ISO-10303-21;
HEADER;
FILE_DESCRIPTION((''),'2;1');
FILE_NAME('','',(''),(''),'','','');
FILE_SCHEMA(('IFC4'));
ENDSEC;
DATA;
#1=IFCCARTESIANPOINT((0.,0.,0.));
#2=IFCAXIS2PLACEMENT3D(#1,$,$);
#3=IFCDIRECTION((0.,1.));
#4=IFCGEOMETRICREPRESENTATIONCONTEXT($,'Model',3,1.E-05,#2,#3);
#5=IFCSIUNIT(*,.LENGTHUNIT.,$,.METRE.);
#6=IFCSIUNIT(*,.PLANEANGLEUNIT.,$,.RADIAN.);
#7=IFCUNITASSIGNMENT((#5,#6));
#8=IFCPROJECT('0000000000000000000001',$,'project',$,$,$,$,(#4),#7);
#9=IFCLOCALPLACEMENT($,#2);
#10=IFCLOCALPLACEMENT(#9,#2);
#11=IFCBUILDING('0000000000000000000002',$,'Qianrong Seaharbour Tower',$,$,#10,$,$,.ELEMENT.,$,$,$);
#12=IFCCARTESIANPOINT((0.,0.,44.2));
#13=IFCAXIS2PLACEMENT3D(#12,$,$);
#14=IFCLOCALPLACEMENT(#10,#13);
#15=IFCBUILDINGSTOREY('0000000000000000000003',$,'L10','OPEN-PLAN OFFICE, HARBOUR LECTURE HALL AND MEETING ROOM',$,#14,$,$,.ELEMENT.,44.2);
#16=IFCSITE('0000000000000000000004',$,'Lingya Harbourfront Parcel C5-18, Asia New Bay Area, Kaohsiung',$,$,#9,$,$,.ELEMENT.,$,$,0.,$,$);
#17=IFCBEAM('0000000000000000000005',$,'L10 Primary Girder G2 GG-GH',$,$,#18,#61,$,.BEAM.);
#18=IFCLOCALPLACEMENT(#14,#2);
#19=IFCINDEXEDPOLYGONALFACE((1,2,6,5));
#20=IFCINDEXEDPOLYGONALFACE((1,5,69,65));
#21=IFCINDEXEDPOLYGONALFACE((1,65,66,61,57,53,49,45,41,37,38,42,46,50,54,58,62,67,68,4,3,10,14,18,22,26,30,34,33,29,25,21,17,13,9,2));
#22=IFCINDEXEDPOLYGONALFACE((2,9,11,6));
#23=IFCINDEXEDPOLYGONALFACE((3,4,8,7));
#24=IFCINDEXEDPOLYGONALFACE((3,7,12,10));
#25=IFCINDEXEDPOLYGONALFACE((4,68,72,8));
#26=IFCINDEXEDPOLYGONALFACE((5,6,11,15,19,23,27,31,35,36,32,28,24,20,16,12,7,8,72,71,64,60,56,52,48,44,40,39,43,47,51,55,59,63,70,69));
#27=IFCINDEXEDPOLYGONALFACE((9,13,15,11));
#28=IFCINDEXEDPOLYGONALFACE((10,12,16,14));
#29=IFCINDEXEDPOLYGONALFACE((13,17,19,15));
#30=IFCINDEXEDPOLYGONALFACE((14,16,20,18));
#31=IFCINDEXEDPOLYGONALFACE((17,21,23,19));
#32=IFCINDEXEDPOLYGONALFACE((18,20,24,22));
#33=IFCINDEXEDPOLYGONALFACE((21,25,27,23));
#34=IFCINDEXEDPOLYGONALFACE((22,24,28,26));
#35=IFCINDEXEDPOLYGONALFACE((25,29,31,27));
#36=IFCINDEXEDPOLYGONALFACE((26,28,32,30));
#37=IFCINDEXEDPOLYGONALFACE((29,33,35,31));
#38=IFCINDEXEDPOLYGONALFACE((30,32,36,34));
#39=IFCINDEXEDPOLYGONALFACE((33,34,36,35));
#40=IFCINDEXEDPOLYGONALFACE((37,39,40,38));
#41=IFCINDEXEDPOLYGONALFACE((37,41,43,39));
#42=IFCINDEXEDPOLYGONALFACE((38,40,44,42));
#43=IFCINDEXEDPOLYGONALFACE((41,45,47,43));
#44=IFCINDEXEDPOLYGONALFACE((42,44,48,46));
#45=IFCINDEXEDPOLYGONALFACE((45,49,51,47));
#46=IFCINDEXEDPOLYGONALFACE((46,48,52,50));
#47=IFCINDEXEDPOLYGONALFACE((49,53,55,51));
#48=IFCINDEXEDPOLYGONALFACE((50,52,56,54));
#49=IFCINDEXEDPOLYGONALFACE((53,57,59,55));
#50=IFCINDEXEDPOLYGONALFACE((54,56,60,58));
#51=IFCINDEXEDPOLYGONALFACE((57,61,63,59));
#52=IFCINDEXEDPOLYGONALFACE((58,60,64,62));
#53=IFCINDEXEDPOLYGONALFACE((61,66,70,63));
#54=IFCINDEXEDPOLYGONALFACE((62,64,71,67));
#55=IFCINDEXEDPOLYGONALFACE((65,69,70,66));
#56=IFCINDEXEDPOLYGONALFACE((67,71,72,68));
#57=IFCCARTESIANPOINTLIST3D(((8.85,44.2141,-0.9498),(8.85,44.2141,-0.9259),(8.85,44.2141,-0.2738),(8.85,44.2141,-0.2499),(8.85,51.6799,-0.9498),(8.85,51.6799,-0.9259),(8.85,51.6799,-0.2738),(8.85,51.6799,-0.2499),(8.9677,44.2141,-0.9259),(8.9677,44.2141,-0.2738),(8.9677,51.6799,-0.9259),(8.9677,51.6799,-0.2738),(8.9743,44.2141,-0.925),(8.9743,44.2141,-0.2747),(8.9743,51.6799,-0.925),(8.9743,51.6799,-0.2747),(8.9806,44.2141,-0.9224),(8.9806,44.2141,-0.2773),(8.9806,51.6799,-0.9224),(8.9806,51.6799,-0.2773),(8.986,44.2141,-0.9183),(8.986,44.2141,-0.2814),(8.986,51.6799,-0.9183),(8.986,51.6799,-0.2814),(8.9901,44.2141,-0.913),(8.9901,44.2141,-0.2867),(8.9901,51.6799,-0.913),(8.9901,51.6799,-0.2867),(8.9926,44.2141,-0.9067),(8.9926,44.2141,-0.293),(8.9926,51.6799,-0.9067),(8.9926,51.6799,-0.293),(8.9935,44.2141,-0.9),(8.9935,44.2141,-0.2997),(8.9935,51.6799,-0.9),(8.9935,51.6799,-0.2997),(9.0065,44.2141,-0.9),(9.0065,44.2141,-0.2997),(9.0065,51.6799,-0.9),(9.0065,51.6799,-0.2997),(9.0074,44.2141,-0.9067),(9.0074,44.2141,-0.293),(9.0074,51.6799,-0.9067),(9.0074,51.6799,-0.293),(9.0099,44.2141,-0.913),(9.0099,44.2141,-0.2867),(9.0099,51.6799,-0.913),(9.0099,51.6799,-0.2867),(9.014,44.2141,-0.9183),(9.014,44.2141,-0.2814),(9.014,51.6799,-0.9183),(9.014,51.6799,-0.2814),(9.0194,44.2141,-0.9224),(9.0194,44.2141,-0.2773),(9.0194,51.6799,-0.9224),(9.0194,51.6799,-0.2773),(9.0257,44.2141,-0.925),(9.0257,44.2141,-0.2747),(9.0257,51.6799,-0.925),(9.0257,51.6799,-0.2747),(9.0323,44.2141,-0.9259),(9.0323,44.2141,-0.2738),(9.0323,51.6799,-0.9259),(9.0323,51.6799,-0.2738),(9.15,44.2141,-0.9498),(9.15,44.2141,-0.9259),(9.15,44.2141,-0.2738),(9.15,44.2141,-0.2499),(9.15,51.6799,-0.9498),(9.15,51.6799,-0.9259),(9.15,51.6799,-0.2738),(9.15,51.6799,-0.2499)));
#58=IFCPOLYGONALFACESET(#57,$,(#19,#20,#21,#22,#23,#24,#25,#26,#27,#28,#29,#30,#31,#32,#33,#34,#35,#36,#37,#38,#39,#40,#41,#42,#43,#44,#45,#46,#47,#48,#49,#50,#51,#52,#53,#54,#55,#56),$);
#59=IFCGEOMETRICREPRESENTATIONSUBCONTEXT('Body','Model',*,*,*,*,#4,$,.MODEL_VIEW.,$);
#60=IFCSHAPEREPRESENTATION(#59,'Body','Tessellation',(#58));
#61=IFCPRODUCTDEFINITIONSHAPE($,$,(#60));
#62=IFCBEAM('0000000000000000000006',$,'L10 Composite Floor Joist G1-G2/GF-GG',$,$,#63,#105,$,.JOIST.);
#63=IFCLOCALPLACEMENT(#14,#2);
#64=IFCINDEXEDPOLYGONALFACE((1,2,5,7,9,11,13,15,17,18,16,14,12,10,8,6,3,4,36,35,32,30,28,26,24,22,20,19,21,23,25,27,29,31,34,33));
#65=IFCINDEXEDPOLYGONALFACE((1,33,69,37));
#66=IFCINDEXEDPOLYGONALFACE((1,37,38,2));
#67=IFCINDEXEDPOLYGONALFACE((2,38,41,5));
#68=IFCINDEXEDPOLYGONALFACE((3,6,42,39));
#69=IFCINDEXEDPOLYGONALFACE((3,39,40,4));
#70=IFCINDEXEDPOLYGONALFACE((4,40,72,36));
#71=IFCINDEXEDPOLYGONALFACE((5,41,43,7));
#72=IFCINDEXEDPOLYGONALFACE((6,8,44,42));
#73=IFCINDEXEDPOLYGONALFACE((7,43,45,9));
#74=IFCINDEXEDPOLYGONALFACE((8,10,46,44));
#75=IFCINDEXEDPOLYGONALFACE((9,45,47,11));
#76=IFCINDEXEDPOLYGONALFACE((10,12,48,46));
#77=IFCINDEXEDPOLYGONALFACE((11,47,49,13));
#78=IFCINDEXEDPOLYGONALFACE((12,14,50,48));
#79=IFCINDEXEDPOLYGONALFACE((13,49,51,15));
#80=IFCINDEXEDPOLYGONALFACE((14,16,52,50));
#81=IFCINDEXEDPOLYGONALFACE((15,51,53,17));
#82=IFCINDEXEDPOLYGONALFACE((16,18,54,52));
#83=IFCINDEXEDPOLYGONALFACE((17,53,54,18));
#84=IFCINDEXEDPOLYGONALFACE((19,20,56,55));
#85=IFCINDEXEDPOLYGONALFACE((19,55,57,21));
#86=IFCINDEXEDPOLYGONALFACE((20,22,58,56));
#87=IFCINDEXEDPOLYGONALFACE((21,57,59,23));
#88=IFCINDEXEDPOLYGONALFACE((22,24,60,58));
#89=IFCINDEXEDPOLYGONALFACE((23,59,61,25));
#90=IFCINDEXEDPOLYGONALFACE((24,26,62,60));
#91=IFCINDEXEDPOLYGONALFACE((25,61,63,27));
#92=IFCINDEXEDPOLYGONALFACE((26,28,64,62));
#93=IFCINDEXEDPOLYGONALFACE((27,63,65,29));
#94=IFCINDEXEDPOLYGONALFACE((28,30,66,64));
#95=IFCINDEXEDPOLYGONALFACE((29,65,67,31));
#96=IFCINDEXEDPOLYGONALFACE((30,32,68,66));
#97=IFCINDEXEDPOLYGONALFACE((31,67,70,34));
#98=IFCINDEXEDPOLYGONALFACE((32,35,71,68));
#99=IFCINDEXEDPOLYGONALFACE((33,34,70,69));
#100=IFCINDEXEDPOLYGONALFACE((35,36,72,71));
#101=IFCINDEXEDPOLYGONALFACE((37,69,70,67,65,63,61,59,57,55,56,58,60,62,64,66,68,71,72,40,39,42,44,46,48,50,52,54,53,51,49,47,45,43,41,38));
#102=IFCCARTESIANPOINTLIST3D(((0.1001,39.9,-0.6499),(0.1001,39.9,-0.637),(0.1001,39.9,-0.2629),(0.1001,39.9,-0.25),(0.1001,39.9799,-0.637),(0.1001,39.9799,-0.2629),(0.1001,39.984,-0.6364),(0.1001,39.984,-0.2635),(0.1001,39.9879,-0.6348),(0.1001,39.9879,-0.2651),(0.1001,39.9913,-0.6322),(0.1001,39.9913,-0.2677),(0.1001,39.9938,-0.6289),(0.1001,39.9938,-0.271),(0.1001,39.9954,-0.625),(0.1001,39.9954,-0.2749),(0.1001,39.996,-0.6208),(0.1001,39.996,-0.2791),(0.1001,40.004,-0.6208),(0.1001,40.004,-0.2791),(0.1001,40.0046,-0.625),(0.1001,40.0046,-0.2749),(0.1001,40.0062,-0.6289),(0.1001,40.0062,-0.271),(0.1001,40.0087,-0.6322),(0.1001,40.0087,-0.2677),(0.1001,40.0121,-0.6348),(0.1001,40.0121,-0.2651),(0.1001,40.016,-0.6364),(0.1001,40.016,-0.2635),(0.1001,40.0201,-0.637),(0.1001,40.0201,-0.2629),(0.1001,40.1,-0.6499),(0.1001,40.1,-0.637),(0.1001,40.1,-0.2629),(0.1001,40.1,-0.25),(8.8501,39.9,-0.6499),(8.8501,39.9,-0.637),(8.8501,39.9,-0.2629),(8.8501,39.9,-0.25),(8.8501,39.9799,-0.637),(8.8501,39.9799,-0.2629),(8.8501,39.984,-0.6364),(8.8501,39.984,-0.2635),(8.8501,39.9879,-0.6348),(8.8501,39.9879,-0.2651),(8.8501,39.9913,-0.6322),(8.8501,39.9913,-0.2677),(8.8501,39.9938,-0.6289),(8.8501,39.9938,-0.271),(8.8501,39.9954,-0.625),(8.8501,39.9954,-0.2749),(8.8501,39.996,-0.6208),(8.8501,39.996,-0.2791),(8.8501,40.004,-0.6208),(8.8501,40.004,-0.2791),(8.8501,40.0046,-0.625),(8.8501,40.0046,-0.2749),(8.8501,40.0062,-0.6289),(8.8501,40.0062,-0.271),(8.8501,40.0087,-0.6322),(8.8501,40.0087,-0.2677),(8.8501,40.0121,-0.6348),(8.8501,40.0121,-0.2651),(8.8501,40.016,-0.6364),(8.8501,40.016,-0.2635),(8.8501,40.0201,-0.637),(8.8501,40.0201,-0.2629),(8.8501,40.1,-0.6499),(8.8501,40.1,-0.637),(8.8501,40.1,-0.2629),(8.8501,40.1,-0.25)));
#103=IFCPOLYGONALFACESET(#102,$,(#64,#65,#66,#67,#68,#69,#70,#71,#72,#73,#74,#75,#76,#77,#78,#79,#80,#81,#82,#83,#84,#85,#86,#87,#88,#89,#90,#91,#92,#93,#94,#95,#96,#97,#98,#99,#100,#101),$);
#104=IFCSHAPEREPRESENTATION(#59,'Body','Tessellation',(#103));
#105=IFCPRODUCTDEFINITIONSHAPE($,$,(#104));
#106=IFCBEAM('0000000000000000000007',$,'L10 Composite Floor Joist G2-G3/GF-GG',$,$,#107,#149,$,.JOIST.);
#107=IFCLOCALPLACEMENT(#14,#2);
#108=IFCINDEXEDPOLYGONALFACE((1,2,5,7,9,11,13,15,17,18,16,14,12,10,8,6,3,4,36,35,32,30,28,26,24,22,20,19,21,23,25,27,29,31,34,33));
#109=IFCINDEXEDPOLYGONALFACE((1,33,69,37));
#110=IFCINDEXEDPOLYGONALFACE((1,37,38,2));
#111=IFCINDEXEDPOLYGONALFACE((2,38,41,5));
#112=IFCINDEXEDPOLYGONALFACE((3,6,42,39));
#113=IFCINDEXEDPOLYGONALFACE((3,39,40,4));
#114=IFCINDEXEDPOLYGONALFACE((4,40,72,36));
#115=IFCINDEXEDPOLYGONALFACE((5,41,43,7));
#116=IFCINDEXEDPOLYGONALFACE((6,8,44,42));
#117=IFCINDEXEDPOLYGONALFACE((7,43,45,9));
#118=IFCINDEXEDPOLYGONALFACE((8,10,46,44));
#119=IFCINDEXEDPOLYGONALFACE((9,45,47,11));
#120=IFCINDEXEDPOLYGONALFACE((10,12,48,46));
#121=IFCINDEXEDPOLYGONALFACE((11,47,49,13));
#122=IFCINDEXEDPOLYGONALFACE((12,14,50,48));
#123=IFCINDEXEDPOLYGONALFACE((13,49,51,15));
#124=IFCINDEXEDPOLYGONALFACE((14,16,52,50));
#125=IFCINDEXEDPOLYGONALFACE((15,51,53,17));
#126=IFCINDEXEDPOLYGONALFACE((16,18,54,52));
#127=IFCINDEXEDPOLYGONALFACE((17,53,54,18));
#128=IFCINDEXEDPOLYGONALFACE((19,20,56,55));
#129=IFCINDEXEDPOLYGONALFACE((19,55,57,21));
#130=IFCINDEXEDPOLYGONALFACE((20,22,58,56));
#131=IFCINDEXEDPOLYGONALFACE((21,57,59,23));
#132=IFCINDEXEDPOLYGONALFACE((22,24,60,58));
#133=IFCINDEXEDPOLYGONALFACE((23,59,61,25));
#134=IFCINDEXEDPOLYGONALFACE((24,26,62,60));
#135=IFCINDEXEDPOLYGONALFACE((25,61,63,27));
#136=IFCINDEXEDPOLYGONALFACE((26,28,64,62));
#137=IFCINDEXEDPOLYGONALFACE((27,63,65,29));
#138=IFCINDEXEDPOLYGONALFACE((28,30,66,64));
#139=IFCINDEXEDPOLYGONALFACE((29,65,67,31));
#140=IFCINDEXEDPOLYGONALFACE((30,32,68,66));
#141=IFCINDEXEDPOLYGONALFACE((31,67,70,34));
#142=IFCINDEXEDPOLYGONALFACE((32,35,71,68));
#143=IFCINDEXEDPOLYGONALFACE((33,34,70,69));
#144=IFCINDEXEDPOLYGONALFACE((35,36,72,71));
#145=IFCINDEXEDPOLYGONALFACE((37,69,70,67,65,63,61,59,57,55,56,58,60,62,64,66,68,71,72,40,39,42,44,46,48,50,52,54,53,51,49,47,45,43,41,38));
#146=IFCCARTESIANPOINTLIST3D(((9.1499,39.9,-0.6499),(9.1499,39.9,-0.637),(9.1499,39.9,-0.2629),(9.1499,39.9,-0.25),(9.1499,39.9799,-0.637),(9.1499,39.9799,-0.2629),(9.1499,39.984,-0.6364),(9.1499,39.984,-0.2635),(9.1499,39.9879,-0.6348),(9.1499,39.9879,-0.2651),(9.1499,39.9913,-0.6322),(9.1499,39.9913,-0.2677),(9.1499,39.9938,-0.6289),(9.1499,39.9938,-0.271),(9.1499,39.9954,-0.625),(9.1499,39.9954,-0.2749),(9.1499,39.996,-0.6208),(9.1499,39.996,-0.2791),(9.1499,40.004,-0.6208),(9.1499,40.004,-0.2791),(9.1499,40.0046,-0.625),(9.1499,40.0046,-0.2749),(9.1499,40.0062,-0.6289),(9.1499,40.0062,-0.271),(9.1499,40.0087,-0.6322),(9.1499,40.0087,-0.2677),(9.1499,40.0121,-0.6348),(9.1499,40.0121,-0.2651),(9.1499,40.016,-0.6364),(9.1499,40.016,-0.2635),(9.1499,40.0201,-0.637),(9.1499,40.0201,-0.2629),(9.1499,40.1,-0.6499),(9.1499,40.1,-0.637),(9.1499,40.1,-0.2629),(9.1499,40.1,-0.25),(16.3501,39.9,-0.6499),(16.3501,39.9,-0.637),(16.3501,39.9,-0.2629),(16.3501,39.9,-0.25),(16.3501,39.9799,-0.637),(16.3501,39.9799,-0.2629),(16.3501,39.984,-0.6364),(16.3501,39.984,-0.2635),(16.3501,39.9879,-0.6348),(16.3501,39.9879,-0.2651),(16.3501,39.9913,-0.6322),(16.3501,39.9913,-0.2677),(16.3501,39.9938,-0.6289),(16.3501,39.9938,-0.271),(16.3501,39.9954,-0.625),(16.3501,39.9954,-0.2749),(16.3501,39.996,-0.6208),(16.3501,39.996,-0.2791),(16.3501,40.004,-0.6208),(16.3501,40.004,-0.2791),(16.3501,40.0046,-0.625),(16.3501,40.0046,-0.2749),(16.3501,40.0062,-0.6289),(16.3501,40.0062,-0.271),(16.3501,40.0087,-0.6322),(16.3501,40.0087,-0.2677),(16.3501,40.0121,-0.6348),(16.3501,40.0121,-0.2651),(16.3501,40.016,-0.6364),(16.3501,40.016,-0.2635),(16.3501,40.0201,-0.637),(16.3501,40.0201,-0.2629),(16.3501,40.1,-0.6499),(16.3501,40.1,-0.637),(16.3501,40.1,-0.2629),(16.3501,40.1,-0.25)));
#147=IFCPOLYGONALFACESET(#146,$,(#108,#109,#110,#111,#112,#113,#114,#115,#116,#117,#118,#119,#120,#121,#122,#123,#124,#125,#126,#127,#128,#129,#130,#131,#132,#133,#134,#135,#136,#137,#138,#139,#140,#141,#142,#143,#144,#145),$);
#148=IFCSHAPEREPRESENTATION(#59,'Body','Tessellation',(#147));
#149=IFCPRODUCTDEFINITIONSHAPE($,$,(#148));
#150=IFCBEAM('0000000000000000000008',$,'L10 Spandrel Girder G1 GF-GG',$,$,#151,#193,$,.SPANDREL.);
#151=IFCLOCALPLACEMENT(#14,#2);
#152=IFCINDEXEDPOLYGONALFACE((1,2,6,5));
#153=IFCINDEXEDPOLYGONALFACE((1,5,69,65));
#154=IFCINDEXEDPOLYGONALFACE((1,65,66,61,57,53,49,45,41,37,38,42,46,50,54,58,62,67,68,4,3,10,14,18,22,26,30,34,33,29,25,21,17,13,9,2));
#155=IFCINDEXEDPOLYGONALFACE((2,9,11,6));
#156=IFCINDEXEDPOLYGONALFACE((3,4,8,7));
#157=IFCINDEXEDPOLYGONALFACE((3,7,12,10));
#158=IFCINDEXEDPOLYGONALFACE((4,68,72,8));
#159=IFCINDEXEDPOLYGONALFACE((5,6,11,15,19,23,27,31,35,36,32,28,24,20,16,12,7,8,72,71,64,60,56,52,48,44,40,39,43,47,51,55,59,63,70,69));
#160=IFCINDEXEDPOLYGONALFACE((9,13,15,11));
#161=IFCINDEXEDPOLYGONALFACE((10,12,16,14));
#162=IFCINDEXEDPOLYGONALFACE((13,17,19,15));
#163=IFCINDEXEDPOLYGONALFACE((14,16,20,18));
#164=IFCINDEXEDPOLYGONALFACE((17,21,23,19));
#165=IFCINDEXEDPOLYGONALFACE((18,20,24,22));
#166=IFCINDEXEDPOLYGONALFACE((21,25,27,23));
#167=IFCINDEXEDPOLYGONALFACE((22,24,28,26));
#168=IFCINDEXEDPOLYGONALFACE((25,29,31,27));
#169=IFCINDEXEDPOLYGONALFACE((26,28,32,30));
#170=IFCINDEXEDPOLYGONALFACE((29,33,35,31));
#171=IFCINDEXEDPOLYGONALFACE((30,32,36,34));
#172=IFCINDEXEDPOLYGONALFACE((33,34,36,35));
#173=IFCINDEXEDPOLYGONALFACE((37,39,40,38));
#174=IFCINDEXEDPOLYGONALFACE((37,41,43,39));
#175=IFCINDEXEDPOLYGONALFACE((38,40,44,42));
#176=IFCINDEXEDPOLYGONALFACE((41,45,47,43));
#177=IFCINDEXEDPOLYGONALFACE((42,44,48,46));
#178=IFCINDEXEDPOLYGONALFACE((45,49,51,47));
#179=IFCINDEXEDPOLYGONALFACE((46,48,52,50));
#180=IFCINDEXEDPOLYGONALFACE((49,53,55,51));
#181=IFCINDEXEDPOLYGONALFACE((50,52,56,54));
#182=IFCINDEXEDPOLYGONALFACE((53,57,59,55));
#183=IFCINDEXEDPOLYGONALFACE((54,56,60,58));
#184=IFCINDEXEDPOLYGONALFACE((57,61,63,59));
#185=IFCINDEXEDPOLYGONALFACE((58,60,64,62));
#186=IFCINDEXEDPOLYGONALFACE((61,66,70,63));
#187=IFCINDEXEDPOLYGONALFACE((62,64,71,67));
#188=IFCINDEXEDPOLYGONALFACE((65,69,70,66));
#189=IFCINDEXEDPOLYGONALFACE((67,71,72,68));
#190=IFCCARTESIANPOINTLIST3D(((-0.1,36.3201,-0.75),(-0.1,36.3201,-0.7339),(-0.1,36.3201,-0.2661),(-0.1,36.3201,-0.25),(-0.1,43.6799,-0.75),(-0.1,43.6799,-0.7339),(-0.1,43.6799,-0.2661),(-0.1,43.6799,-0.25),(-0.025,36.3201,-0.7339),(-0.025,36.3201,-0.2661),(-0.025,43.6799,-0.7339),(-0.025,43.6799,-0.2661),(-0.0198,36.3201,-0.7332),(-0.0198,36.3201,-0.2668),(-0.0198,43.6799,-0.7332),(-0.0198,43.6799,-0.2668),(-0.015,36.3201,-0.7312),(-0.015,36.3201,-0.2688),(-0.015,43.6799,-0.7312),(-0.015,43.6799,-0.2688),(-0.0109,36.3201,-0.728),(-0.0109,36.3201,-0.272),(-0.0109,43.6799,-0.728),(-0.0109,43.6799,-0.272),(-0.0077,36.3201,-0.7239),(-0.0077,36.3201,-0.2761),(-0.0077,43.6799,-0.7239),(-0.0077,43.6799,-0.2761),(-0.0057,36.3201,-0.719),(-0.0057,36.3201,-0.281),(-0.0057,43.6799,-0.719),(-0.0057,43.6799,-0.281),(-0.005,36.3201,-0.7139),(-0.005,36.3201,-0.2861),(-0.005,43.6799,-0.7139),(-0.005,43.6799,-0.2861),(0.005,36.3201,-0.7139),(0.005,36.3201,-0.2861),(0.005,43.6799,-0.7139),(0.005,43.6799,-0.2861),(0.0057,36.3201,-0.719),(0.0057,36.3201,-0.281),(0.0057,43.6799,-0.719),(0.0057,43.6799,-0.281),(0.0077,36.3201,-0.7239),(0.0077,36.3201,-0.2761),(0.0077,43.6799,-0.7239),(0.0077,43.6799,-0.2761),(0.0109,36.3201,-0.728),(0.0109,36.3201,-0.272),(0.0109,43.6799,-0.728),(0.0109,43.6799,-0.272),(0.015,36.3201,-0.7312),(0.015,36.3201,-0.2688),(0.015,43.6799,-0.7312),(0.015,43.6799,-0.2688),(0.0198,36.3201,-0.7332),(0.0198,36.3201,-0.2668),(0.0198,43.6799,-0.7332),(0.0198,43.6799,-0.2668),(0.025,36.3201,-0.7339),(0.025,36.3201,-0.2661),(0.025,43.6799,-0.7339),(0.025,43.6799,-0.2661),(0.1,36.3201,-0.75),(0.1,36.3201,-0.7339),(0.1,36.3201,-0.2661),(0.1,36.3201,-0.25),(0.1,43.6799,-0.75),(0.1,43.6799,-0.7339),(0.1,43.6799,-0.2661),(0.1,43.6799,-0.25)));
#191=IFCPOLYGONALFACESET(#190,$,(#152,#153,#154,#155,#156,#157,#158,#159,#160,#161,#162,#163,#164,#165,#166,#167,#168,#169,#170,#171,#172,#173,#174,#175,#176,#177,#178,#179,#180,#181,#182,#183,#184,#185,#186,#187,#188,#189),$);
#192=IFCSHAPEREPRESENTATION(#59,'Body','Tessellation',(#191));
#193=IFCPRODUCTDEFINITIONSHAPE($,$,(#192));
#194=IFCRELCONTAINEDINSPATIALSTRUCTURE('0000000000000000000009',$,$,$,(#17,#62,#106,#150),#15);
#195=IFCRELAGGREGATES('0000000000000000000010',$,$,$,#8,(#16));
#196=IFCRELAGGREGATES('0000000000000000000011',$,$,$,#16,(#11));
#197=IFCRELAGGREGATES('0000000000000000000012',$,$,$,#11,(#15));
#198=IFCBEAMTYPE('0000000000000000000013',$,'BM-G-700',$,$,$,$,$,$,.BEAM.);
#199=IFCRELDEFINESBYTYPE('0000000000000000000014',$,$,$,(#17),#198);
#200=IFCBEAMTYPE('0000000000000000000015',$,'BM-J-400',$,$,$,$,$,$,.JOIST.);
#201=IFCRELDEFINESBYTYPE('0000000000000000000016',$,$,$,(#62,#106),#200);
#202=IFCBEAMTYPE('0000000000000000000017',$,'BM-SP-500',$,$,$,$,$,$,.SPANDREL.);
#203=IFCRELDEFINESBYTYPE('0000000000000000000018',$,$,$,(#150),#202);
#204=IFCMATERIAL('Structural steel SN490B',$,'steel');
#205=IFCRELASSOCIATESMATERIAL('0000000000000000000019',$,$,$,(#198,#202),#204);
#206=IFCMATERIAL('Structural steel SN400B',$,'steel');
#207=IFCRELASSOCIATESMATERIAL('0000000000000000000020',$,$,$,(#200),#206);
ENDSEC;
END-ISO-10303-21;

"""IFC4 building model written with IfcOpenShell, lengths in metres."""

from ifc_helpers import new_model, si_unit, direction, frame, origin, origin_2d, place, context, subcontext, project, spatial, i_section, extrude, material, material_profile, profile_set, type_object, element, save


model = new_model("IFC4")

# Units and contexts
model_context = context("Model", 3, precision=1e-05, world=origin(), true_north=direction((0.0, 1.0)))
body_context = subcontext(model_context, "Body", "Model", "MODEL_VIEW")
ifc_project = project(units=[si_unit("LENGTHUNIT", "METRE"), si_unit("PLANEANGLEUNIT", "RADIAN")], contexts=[model_context])

# Site, building, storey
site_placement = place(None, origin())
site = spatial("IfcSite", under=ifc_project, at=site_placement, Name="Lingya Harbourfront Parcel C5-18, Asia New Bay Area, Kaohsiung", CompositionType="ELEMENT", RefElevation=0.0)
building_placement = place(site_placement, origin())
building = spatial("IfcBuilding", under=site, at=building_placement, Name="Qianrong Seaharbour Tower", CompositionType="ELEMENT")
storey_placement = place(building_placement, frame((0.0, 0.0, 44.2)))
storey = spatial("IfcBuildingStorey", under=building, at=storey_placement, Name="L10", Description="OPEN-PLAN OFFICE, HARBOUR LECTURE HALL AND MEETING ROOM", CompositionType="ELEMENT", Elevation=44.2)

# Shared definitions
ifc_material_1 = material(Name="Structural steel SN490B", Category="steel")

# Beams
ifc_material_profile_1 = material_profile(ifc_material_1, i_section(OverallWidth=0.3, OverallDepth=0.7, WebThickness=0.0129, FlangeThickness=0.0239, FilletRadius=0.0259, at=origin_2d()), Name="H700x300x13x24")
ifc_profile_set_1 = profile_set([ifc_material_profile_1], Name="Structural steel SN490B")
beam_type_1 = type_object("IfcBeamType", Name="BM-G-700", PredefinedType="BEAM", material=ifc_profile_set_1)
for number, where, z_axis, x_axis, name in (
    (1, (9.0, 44.2141, -0.5999), (0.0, 1.0, 0.0), (-1.0, 0.0, 0.0), "L10 Primary Girder G2 GG-GH"),
):
    element("IfcBeam", number, at=place(storey_placement, frame(where, z_axis=z_axis, x_axis=x_axis)), inside=storey, type_object=beam_type_1, Name=name, PredefinedType="BEAM", context=body_context, shape_type="SweptSolid", body=[
        extrude(i_section(OverallWidth=0.3, OverallDepth=0.7, WebThickness=0.0129, FlangeThickness=0.0239, FilletRadius=0.0259, at=origin_2d()), origin(), (0.0, 0.0, 1.0), 7.4658),
    ])
ifc_material_2 = material(Name="Structural steel SN400B", Category="steel")
ifc_material_profile_2 = material_profile(ifc_material_2, i_section(OverallWidth=0.2, OverallDepth=0.3999, WebThickness=0.0081, FlangeThickness=0.0129, FilletRadius=0.0161, at=origin_2d()), Name="H400x200x8x13")
ifc_profile_set_2 = profile_set([ifc_material_profile_2], Name="Structural steel SN400B")
beam_type_2 = type_object("IfcBeamType", Name="BM-J-400", PredefinedType="JOIST", material=ifc_profile_set_2)
beam_1_placement = place(storey_placement, frame((0.1001, 40.0, -0.45), z_axis=(1.0, 0.0, 0.0), x_axis=(0.0, 1.0, 0.0)))
element("IfcBeam", 2, at=beam_1_placement, inside=storey, type_object=beam_type_2, Name="L10 Composite Floor Joist G1-G2/GF-GG", PredefinedType="JOIST", context=body_context, shape_type="SweptSolid", body=[
    extrude(i_section(OverallWidth=0.2, OverallDepth=0.3999, WebThickness=0.0081, FlangeThickness=0.0129, FilletRadius=0.0161, at=origin_2d()), origin(), (0.0, 0.0, 1.0), 8.75),
])
beam_2_placement = place(storey_placement, frame((9.1499, 40.0, -0.45), z_axis=(1.0, 0.0, 0.0), x_axis=(0.0, 1.0, 0.0)))
element("IfcBeam", 3, at=beam_2_placement, inside=storey, type_object=beam_type_2, Name="L10 Composite Floor Joist G2-G3/GF-GG", PredefinedType="JOIST", context=body_context, shape_type="SweptSolid", body=[
    extrude(i_section(OverallWidth=0.2, OverallDepth=0.3999, WebThickness=0.0081, FlangeThickness=0.0129, FilletRadius=0.0161, at=origin_2d()), origin(), (0.0, 0.0, 1.0), 7.2002),
])
ifc_material_profile_3 = material_profile(ifc_material_1, i_section(OverallWidth=0.2, OverallDepth=0.5, WebThickness=0.01, FlangeThickness=0.0161, FilletRadius=0.02, at=origin_2d()), Name="H500x200x10x16")
ifc_profile_set_3 = profile_set([ifc_material_profile_3], Name="Structural steel SN490B")
beam_type_3 = type_object("IfcBeamType", Name="BM-SP-500", PredefinedType="SPANDREL", material=ifc_profile_set_3)
beam_3_placement = place(storey_placement, frame((0.0, 36.3201, -0.5), z_axis=(0.0, 1.0, 0.0), x_axis=(-1.0, 0.0, 0.0)))
element("IfcBeam", 4, at=beam_3_placement, inside=storey, type_object=beam_type_3, Name="L10 Spandrel Girder G1 GF-GG", PredefinedType="SPANDREL", context=body_context, shape_type="SweptSolid", body=[
    extrude(i_section(OverallWidth=0.2, OverallDepth=0.5, WebThickness=0.01, FlangeThickness=0.0161, FilletRadius=0.02, at=origin_2d()), origin(), (0.0, 0.0, 1.0), 7.3599),
])

save(model, "model.ifc")
